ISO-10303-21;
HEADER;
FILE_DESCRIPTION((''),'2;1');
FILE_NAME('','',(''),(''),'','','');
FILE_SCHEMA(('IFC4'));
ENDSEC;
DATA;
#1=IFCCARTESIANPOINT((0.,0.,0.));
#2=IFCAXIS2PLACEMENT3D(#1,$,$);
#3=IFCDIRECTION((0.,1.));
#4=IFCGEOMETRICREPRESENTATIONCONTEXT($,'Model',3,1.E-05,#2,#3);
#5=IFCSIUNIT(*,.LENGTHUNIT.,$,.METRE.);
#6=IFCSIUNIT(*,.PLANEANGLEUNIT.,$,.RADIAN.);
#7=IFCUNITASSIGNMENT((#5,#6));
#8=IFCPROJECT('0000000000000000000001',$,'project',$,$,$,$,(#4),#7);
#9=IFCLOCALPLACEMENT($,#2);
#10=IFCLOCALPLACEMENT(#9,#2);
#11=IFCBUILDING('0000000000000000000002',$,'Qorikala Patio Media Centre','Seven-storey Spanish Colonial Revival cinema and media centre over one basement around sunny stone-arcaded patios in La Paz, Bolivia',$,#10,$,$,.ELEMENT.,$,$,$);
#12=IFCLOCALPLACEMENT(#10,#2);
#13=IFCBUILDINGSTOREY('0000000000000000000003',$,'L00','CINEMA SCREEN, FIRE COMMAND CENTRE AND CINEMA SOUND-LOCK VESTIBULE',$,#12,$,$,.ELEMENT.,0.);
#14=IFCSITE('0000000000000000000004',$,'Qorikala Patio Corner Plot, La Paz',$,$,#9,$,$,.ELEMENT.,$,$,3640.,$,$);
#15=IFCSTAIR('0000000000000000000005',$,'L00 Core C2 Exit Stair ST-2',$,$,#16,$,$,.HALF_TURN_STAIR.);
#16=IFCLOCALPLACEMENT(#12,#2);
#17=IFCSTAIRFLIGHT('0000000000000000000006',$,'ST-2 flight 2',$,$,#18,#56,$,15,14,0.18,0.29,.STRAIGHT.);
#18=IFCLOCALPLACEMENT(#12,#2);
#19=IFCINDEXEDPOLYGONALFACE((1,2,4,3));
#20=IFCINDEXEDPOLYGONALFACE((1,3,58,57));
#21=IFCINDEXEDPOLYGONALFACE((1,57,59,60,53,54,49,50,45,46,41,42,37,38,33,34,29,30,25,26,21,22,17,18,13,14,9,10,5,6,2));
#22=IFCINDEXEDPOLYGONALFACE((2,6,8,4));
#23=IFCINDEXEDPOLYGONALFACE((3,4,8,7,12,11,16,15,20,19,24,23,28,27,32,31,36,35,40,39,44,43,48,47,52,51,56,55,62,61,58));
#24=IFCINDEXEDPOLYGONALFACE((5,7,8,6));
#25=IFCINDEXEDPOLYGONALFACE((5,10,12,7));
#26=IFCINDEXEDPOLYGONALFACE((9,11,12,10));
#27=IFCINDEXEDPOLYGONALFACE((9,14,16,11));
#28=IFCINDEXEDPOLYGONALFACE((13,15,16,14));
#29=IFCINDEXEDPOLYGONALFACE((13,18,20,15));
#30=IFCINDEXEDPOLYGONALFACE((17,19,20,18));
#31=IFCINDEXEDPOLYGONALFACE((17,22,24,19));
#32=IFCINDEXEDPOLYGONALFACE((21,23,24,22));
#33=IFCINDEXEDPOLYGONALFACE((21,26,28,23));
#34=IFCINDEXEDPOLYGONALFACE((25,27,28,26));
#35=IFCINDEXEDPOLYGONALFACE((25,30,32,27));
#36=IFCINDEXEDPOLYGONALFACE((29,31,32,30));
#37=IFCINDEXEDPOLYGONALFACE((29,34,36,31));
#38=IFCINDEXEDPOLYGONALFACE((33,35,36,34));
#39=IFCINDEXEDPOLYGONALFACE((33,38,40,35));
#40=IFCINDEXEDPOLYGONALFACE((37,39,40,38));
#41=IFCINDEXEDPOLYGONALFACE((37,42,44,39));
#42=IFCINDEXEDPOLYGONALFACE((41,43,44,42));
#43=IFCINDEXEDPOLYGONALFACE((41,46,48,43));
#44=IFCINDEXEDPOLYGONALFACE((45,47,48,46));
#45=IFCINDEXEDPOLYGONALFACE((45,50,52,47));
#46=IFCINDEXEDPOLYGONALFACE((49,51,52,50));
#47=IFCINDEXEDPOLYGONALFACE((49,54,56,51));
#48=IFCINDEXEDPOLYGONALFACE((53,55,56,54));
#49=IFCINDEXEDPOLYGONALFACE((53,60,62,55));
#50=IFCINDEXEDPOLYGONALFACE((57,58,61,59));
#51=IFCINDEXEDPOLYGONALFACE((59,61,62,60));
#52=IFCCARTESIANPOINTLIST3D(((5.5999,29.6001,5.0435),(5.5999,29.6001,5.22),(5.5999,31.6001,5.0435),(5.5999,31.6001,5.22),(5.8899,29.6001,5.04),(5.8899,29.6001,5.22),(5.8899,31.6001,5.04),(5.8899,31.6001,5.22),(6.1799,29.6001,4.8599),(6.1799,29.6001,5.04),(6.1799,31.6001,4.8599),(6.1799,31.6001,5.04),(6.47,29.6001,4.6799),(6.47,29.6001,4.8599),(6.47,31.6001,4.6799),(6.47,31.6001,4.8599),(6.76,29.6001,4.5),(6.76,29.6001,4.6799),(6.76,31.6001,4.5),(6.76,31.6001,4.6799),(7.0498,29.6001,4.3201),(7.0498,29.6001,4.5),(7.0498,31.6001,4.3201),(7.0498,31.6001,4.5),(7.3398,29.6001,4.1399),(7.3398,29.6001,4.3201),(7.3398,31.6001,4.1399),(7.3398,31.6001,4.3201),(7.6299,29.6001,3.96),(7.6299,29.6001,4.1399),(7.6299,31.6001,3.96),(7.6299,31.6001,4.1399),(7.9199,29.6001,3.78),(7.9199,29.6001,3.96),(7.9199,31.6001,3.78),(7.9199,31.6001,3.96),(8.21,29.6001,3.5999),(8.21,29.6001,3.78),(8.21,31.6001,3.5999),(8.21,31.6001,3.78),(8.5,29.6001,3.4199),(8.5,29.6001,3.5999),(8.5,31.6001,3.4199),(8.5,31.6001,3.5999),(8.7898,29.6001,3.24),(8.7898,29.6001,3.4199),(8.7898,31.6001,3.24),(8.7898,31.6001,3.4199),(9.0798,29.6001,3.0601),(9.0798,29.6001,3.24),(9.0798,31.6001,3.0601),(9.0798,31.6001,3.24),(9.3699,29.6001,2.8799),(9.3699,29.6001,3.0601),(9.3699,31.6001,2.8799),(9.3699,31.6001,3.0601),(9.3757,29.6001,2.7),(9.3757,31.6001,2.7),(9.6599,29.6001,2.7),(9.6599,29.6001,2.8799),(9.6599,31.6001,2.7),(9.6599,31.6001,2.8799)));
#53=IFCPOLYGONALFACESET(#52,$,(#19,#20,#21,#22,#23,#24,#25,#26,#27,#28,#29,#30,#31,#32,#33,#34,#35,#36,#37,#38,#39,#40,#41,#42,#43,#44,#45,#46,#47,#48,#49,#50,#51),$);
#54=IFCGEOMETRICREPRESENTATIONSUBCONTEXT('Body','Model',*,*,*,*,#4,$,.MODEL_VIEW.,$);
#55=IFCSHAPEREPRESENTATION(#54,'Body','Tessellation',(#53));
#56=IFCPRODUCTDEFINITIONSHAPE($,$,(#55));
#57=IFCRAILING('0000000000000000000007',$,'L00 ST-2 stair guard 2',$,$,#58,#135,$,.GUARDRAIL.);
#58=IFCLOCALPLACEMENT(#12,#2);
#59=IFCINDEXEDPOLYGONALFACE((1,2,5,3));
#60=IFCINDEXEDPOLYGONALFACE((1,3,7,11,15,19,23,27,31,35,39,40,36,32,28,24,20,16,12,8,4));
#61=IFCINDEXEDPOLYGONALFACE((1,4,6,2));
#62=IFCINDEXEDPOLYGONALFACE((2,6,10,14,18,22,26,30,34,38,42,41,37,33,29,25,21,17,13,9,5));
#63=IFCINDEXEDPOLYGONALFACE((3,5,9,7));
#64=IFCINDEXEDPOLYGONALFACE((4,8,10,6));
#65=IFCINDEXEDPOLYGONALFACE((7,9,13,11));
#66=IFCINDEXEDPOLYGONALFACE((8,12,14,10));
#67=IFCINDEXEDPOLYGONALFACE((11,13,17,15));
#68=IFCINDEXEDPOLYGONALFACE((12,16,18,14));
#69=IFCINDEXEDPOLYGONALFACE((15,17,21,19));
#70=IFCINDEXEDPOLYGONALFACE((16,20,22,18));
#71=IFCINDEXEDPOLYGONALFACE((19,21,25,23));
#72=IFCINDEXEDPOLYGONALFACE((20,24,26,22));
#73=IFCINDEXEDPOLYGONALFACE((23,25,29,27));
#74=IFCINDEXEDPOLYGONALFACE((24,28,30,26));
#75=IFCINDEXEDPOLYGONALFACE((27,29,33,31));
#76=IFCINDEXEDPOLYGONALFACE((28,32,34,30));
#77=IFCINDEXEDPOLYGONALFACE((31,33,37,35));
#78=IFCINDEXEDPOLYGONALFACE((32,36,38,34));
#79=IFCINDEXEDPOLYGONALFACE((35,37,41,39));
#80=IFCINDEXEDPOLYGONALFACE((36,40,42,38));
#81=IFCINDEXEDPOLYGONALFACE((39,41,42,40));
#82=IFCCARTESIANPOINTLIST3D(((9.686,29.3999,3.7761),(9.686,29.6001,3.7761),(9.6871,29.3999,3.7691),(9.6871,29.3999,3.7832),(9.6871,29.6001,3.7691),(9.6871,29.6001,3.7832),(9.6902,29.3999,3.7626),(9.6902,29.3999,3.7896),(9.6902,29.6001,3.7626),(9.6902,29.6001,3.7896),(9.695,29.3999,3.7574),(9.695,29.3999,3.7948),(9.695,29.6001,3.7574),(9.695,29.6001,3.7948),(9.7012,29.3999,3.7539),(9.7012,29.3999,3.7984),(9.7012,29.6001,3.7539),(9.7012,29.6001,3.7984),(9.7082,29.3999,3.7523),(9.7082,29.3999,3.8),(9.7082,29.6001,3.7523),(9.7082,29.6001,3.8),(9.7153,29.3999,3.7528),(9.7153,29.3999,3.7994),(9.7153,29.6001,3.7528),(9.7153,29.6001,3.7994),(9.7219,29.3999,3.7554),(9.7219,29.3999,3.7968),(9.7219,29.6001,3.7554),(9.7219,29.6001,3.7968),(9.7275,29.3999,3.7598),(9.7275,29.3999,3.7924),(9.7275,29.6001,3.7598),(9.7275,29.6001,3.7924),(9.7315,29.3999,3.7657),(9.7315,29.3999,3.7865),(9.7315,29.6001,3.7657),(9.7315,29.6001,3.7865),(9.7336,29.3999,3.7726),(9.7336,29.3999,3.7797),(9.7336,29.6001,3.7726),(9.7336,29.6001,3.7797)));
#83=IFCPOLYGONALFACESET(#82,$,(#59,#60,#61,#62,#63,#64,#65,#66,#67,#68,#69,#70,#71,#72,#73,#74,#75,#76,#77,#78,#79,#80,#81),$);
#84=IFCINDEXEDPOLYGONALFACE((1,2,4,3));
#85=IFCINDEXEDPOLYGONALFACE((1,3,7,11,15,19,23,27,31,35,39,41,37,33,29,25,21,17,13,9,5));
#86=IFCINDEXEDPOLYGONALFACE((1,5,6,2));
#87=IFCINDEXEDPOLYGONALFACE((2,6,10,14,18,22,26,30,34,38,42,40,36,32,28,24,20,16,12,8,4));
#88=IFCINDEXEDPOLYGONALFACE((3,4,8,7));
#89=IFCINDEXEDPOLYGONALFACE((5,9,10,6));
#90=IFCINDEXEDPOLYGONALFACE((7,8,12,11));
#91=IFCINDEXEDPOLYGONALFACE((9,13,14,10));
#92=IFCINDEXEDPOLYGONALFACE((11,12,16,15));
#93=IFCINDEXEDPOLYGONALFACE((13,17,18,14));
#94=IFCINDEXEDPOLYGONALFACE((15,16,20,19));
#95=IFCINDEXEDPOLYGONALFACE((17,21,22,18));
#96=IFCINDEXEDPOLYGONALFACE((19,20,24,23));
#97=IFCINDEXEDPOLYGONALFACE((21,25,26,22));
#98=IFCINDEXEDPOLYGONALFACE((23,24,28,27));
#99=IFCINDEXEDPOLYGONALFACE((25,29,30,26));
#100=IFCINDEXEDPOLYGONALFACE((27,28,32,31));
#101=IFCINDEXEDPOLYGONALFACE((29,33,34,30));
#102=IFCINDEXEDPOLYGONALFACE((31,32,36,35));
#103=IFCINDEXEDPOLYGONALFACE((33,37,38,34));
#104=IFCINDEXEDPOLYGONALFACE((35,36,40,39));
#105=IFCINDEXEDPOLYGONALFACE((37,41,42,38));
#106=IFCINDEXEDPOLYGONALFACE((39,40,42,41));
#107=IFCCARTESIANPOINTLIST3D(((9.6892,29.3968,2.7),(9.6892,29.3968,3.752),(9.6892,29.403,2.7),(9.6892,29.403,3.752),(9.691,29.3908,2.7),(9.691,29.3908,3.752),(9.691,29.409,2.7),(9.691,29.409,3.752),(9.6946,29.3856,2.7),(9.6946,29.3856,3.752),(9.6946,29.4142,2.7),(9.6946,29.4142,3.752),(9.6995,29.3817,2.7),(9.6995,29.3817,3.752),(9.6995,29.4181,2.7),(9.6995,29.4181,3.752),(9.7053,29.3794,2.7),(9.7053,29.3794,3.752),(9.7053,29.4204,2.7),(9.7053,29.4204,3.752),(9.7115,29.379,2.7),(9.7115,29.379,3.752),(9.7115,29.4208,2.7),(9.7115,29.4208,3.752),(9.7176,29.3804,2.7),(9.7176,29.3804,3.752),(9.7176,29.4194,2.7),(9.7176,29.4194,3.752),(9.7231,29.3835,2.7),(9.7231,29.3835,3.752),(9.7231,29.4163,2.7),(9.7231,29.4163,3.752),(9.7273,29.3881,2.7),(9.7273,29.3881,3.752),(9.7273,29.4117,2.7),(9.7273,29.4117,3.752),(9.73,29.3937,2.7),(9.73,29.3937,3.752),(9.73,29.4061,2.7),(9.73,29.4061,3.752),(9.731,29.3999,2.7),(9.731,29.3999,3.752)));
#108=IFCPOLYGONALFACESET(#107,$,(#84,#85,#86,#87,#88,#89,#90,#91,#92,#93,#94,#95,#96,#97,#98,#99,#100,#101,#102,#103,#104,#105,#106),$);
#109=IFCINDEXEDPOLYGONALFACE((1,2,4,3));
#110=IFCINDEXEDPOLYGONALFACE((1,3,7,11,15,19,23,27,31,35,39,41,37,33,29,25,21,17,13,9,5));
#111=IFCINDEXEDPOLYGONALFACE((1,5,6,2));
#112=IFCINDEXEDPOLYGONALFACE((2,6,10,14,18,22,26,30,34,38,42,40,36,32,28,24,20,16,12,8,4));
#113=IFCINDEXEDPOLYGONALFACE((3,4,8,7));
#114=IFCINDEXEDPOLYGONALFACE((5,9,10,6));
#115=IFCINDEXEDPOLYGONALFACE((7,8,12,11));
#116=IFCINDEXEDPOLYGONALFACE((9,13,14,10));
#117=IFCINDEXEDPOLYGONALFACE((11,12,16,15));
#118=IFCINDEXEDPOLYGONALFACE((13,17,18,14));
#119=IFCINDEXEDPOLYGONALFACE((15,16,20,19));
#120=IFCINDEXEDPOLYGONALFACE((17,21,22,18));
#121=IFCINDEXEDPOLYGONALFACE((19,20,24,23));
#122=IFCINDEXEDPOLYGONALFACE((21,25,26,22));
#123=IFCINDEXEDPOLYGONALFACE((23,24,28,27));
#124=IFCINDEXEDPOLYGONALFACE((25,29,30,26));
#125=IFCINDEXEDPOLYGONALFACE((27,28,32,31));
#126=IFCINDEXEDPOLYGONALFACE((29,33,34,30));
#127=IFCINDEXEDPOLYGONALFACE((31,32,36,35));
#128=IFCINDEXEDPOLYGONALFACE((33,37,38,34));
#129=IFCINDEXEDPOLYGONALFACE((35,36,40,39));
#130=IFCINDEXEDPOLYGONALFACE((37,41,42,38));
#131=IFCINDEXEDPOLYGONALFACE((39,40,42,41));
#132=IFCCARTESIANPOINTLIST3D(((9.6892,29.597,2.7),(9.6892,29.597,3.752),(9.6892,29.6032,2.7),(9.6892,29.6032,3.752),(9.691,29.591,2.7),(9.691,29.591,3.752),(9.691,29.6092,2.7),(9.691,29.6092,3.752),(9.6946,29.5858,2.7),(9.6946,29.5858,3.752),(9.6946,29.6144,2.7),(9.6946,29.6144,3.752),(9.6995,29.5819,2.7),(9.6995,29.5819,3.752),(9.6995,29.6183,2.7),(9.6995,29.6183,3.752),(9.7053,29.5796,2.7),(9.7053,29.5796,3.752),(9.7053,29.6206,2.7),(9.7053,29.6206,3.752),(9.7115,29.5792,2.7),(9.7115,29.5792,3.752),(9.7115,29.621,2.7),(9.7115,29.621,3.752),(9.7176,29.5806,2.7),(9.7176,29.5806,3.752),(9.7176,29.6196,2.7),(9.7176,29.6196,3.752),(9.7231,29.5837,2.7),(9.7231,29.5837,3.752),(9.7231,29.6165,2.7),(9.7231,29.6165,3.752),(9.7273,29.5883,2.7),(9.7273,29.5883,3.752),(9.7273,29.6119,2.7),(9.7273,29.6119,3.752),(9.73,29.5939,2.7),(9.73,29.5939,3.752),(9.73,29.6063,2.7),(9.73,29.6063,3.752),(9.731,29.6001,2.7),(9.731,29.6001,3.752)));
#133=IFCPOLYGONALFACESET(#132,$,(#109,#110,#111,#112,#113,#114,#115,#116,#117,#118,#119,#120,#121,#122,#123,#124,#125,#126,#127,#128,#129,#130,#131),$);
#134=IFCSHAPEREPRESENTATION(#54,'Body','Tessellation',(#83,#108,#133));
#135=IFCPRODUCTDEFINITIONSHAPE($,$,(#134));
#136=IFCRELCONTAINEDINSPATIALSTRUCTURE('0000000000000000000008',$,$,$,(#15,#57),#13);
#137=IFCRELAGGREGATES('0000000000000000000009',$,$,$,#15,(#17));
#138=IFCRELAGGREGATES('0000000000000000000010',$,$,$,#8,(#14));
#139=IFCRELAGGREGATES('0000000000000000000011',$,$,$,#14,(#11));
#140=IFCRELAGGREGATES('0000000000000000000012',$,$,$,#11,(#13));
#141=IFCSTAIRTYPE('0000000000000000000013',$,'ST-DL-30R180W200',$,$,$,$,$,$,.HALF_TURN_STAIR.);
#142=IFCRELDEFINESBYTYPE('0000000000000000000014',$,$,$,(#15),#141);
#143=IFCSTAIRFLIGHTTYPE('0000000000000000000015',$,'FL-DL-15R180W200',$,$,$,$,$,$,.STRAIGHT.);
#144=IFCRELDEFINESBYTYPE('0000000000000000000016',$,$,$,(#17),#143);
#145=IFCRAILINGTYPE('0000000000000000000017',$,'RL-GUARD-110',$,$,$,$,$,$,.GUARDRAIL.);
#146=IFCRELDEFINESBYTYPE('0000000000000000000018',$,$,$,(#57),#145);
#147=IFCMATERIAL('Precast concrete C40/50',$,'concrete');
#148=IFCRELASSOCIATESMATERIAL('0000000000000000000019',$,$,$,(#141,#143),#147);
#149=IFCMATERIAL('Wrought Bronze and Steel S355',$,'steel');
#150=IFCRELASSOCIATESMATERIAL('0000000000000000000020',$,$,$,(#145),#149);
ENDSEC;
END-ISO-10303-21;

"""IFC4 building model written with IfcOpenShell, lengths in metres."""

from ifc_helpers import new_model, si_unit, direction, frame, origin, origin_2d, place, context, subcontext, project, spatial, polyline, circle, outline, extrude, material, type_object, element, aggregate, save


model = new_model("IFC4")

# Units and contexts
model_context = context("Model", 3, precision=1e-05, world=origin(), true_north=direction((0.0, 1.0)))
body_context = subcontext(model_context, "Body", "Model", "MODEL_VIEW")
ifc_project = project(units=[si_unit("LENGTHUNIT", "METRE"), si_unit("PLANEANGLEUNIT", "RADIAN")], contexts=[model_context])

# Site, building, storey
site_placement = place(None, origin())
site = spatial("IfcSite", under=ifc_project, at=site_placement, Name="Qorikala Patio Corner Plot, La Paz", CompositionType="ELEMENT", RefElevation=3640.0)
building_placement = place(site_placement, origin())
building = spatial("IfcBuilding", under=site, at=building_placement, Name="Qorikala Patio Media Centre", Description="Seven-storey Spanish Colonial Revival cinema and media centre over one basement around sunny stone-arcaded patios in La Paz, Bolivia", CompositionType="ELEMENT")
storey_placement = place(building_placement, origin())
storey = spatial("IfcBuildingStorey", under=building, at=storey_placement, Name="L00", Description="CINEMA SCREEN, FIRE COMMAND CENTRE AND CINEMA SOUND-LOCK VESTIBULE", CompositionType="ELEMENT", Elevation=0.0)

# Stair, stair flight
ifc_material_1 = material(Name="Precast concrete C40/50", Category="concrete")
stair_type = type_object("IfcStairType", Name="ST-DL-30R180W200", PredefinedType="HALF_TURN_STAIR", material=ifc_material_1)
stair_placement = place(storey_placement, origin())
stair = element("IfcStair", 1, at=stair_placement, inside=storey, type_object=stair_type, Name="L00 Core C2 Exit Stair ST-2", PredefinedType="HALF_TURN_STAIR")
stair_flight_type = type_object("IfcStairFlightType", Name="FL-DL-15R180W200", PredefinedType="STRAIGHT", material=ifc_material_1)
stair_flight_placement = place(storey_placement, frame((9.6599, 30.6001, 2.7), z_axis=(0.0, 0.0, 1.0), x_axis=(-1.0, 0.0, 0.0)))
stair_flight = element("IfcStairFlight", 2, at=stair_flight_placement, type_object=stair_flight_type, Name="ST-2 flight 2", NumberOfRisers=15, NumberOfTreads=14, PredefinedType="STRAIGHT", RiserHeight=0.18, TreadLength=0.29, context=body_context, shape_type="SweptSolid", body=[
    extrude(outline(polyline([(0.0, 0.0), (0.0, 0.1799), (0.29, 0.1799), (0.29, 0.3601), (0.5801, 0.3601), (0.5801, 0.54), (0.8701, 0.54), (0.8701, 0.72), (1.1599, 0.72), (1.1599, 0.8999), (1.45, 0.8999), (1.45, 1.0801), (1.74, 1.0801), (1.74, 1.26), (2.03, 1.26), (2.03, 1.4399), (2.3201, 1.4399), (2.3201, 1.6201), (2.6101, 1.6201), (2.6101, 1.8), (2.8999, 1.8), (2.8999, 1.98), (3.1899, 1.98), (3.1899, 2.1599), (3.48, 2.1599), (3.48, 2.3401), (3.77, 2.3401), (3.77, 2.52), (4.0601, 2.52), (4.0601, 2.7), (4.0601, 2.3435), (0.2842, 0.0), (0.0, 0.0)])), frame((0.0, 1.0, 0.0), z_axis=(0.0, -1.0, 0.0), x_axis=(1.0, 0.0, 0.0)), (0.0, 0.0, 1.0), 2.0),
])
aggregate(stair, [stair_flight])

# Railing
ifc_material_2 = material(Name="Wrought Bronze and Steel S355", Category="steel")
railing_type_1 = type_object("IfcRailingType", Name="RL-GUARD-110", PredefinedType="GUARDRAIL", material=ifc_material_2)
railing_1_placement = place(storey_placement, frame((9.71, 29.3999, 2.7)))
element("IfcRailing", 3, at=railing_1_placement, inside=storey, type_object=railing_type_1, Name="L00 ST-2 stair guard 2", PredefinedType="GUARDRAIL", context=body_context, shape_type="SweptSolid", body=[
    extrude(circle(Radius=0.0239, at=origin_2d()), frame((0.0, 0.0, 1.0762), z_axis=(0.0, 1.0, 0.0), x_axis=(-1.0, 0.0, 0.0)), (0.0, 0.0, 1.0), 0.2002),
    extrude(circle(Radius=0.021, at=origin_2d()), origin(), (0.0, 0.0, 1.0), 1.052),
    extrude(circle(Radius=0.021, at=origin_2d()), frame((0.0, 0.2002, 0.0)), (0.0, 0.0, 1.0), 1.052),
])

save(model, "model.ifc")
